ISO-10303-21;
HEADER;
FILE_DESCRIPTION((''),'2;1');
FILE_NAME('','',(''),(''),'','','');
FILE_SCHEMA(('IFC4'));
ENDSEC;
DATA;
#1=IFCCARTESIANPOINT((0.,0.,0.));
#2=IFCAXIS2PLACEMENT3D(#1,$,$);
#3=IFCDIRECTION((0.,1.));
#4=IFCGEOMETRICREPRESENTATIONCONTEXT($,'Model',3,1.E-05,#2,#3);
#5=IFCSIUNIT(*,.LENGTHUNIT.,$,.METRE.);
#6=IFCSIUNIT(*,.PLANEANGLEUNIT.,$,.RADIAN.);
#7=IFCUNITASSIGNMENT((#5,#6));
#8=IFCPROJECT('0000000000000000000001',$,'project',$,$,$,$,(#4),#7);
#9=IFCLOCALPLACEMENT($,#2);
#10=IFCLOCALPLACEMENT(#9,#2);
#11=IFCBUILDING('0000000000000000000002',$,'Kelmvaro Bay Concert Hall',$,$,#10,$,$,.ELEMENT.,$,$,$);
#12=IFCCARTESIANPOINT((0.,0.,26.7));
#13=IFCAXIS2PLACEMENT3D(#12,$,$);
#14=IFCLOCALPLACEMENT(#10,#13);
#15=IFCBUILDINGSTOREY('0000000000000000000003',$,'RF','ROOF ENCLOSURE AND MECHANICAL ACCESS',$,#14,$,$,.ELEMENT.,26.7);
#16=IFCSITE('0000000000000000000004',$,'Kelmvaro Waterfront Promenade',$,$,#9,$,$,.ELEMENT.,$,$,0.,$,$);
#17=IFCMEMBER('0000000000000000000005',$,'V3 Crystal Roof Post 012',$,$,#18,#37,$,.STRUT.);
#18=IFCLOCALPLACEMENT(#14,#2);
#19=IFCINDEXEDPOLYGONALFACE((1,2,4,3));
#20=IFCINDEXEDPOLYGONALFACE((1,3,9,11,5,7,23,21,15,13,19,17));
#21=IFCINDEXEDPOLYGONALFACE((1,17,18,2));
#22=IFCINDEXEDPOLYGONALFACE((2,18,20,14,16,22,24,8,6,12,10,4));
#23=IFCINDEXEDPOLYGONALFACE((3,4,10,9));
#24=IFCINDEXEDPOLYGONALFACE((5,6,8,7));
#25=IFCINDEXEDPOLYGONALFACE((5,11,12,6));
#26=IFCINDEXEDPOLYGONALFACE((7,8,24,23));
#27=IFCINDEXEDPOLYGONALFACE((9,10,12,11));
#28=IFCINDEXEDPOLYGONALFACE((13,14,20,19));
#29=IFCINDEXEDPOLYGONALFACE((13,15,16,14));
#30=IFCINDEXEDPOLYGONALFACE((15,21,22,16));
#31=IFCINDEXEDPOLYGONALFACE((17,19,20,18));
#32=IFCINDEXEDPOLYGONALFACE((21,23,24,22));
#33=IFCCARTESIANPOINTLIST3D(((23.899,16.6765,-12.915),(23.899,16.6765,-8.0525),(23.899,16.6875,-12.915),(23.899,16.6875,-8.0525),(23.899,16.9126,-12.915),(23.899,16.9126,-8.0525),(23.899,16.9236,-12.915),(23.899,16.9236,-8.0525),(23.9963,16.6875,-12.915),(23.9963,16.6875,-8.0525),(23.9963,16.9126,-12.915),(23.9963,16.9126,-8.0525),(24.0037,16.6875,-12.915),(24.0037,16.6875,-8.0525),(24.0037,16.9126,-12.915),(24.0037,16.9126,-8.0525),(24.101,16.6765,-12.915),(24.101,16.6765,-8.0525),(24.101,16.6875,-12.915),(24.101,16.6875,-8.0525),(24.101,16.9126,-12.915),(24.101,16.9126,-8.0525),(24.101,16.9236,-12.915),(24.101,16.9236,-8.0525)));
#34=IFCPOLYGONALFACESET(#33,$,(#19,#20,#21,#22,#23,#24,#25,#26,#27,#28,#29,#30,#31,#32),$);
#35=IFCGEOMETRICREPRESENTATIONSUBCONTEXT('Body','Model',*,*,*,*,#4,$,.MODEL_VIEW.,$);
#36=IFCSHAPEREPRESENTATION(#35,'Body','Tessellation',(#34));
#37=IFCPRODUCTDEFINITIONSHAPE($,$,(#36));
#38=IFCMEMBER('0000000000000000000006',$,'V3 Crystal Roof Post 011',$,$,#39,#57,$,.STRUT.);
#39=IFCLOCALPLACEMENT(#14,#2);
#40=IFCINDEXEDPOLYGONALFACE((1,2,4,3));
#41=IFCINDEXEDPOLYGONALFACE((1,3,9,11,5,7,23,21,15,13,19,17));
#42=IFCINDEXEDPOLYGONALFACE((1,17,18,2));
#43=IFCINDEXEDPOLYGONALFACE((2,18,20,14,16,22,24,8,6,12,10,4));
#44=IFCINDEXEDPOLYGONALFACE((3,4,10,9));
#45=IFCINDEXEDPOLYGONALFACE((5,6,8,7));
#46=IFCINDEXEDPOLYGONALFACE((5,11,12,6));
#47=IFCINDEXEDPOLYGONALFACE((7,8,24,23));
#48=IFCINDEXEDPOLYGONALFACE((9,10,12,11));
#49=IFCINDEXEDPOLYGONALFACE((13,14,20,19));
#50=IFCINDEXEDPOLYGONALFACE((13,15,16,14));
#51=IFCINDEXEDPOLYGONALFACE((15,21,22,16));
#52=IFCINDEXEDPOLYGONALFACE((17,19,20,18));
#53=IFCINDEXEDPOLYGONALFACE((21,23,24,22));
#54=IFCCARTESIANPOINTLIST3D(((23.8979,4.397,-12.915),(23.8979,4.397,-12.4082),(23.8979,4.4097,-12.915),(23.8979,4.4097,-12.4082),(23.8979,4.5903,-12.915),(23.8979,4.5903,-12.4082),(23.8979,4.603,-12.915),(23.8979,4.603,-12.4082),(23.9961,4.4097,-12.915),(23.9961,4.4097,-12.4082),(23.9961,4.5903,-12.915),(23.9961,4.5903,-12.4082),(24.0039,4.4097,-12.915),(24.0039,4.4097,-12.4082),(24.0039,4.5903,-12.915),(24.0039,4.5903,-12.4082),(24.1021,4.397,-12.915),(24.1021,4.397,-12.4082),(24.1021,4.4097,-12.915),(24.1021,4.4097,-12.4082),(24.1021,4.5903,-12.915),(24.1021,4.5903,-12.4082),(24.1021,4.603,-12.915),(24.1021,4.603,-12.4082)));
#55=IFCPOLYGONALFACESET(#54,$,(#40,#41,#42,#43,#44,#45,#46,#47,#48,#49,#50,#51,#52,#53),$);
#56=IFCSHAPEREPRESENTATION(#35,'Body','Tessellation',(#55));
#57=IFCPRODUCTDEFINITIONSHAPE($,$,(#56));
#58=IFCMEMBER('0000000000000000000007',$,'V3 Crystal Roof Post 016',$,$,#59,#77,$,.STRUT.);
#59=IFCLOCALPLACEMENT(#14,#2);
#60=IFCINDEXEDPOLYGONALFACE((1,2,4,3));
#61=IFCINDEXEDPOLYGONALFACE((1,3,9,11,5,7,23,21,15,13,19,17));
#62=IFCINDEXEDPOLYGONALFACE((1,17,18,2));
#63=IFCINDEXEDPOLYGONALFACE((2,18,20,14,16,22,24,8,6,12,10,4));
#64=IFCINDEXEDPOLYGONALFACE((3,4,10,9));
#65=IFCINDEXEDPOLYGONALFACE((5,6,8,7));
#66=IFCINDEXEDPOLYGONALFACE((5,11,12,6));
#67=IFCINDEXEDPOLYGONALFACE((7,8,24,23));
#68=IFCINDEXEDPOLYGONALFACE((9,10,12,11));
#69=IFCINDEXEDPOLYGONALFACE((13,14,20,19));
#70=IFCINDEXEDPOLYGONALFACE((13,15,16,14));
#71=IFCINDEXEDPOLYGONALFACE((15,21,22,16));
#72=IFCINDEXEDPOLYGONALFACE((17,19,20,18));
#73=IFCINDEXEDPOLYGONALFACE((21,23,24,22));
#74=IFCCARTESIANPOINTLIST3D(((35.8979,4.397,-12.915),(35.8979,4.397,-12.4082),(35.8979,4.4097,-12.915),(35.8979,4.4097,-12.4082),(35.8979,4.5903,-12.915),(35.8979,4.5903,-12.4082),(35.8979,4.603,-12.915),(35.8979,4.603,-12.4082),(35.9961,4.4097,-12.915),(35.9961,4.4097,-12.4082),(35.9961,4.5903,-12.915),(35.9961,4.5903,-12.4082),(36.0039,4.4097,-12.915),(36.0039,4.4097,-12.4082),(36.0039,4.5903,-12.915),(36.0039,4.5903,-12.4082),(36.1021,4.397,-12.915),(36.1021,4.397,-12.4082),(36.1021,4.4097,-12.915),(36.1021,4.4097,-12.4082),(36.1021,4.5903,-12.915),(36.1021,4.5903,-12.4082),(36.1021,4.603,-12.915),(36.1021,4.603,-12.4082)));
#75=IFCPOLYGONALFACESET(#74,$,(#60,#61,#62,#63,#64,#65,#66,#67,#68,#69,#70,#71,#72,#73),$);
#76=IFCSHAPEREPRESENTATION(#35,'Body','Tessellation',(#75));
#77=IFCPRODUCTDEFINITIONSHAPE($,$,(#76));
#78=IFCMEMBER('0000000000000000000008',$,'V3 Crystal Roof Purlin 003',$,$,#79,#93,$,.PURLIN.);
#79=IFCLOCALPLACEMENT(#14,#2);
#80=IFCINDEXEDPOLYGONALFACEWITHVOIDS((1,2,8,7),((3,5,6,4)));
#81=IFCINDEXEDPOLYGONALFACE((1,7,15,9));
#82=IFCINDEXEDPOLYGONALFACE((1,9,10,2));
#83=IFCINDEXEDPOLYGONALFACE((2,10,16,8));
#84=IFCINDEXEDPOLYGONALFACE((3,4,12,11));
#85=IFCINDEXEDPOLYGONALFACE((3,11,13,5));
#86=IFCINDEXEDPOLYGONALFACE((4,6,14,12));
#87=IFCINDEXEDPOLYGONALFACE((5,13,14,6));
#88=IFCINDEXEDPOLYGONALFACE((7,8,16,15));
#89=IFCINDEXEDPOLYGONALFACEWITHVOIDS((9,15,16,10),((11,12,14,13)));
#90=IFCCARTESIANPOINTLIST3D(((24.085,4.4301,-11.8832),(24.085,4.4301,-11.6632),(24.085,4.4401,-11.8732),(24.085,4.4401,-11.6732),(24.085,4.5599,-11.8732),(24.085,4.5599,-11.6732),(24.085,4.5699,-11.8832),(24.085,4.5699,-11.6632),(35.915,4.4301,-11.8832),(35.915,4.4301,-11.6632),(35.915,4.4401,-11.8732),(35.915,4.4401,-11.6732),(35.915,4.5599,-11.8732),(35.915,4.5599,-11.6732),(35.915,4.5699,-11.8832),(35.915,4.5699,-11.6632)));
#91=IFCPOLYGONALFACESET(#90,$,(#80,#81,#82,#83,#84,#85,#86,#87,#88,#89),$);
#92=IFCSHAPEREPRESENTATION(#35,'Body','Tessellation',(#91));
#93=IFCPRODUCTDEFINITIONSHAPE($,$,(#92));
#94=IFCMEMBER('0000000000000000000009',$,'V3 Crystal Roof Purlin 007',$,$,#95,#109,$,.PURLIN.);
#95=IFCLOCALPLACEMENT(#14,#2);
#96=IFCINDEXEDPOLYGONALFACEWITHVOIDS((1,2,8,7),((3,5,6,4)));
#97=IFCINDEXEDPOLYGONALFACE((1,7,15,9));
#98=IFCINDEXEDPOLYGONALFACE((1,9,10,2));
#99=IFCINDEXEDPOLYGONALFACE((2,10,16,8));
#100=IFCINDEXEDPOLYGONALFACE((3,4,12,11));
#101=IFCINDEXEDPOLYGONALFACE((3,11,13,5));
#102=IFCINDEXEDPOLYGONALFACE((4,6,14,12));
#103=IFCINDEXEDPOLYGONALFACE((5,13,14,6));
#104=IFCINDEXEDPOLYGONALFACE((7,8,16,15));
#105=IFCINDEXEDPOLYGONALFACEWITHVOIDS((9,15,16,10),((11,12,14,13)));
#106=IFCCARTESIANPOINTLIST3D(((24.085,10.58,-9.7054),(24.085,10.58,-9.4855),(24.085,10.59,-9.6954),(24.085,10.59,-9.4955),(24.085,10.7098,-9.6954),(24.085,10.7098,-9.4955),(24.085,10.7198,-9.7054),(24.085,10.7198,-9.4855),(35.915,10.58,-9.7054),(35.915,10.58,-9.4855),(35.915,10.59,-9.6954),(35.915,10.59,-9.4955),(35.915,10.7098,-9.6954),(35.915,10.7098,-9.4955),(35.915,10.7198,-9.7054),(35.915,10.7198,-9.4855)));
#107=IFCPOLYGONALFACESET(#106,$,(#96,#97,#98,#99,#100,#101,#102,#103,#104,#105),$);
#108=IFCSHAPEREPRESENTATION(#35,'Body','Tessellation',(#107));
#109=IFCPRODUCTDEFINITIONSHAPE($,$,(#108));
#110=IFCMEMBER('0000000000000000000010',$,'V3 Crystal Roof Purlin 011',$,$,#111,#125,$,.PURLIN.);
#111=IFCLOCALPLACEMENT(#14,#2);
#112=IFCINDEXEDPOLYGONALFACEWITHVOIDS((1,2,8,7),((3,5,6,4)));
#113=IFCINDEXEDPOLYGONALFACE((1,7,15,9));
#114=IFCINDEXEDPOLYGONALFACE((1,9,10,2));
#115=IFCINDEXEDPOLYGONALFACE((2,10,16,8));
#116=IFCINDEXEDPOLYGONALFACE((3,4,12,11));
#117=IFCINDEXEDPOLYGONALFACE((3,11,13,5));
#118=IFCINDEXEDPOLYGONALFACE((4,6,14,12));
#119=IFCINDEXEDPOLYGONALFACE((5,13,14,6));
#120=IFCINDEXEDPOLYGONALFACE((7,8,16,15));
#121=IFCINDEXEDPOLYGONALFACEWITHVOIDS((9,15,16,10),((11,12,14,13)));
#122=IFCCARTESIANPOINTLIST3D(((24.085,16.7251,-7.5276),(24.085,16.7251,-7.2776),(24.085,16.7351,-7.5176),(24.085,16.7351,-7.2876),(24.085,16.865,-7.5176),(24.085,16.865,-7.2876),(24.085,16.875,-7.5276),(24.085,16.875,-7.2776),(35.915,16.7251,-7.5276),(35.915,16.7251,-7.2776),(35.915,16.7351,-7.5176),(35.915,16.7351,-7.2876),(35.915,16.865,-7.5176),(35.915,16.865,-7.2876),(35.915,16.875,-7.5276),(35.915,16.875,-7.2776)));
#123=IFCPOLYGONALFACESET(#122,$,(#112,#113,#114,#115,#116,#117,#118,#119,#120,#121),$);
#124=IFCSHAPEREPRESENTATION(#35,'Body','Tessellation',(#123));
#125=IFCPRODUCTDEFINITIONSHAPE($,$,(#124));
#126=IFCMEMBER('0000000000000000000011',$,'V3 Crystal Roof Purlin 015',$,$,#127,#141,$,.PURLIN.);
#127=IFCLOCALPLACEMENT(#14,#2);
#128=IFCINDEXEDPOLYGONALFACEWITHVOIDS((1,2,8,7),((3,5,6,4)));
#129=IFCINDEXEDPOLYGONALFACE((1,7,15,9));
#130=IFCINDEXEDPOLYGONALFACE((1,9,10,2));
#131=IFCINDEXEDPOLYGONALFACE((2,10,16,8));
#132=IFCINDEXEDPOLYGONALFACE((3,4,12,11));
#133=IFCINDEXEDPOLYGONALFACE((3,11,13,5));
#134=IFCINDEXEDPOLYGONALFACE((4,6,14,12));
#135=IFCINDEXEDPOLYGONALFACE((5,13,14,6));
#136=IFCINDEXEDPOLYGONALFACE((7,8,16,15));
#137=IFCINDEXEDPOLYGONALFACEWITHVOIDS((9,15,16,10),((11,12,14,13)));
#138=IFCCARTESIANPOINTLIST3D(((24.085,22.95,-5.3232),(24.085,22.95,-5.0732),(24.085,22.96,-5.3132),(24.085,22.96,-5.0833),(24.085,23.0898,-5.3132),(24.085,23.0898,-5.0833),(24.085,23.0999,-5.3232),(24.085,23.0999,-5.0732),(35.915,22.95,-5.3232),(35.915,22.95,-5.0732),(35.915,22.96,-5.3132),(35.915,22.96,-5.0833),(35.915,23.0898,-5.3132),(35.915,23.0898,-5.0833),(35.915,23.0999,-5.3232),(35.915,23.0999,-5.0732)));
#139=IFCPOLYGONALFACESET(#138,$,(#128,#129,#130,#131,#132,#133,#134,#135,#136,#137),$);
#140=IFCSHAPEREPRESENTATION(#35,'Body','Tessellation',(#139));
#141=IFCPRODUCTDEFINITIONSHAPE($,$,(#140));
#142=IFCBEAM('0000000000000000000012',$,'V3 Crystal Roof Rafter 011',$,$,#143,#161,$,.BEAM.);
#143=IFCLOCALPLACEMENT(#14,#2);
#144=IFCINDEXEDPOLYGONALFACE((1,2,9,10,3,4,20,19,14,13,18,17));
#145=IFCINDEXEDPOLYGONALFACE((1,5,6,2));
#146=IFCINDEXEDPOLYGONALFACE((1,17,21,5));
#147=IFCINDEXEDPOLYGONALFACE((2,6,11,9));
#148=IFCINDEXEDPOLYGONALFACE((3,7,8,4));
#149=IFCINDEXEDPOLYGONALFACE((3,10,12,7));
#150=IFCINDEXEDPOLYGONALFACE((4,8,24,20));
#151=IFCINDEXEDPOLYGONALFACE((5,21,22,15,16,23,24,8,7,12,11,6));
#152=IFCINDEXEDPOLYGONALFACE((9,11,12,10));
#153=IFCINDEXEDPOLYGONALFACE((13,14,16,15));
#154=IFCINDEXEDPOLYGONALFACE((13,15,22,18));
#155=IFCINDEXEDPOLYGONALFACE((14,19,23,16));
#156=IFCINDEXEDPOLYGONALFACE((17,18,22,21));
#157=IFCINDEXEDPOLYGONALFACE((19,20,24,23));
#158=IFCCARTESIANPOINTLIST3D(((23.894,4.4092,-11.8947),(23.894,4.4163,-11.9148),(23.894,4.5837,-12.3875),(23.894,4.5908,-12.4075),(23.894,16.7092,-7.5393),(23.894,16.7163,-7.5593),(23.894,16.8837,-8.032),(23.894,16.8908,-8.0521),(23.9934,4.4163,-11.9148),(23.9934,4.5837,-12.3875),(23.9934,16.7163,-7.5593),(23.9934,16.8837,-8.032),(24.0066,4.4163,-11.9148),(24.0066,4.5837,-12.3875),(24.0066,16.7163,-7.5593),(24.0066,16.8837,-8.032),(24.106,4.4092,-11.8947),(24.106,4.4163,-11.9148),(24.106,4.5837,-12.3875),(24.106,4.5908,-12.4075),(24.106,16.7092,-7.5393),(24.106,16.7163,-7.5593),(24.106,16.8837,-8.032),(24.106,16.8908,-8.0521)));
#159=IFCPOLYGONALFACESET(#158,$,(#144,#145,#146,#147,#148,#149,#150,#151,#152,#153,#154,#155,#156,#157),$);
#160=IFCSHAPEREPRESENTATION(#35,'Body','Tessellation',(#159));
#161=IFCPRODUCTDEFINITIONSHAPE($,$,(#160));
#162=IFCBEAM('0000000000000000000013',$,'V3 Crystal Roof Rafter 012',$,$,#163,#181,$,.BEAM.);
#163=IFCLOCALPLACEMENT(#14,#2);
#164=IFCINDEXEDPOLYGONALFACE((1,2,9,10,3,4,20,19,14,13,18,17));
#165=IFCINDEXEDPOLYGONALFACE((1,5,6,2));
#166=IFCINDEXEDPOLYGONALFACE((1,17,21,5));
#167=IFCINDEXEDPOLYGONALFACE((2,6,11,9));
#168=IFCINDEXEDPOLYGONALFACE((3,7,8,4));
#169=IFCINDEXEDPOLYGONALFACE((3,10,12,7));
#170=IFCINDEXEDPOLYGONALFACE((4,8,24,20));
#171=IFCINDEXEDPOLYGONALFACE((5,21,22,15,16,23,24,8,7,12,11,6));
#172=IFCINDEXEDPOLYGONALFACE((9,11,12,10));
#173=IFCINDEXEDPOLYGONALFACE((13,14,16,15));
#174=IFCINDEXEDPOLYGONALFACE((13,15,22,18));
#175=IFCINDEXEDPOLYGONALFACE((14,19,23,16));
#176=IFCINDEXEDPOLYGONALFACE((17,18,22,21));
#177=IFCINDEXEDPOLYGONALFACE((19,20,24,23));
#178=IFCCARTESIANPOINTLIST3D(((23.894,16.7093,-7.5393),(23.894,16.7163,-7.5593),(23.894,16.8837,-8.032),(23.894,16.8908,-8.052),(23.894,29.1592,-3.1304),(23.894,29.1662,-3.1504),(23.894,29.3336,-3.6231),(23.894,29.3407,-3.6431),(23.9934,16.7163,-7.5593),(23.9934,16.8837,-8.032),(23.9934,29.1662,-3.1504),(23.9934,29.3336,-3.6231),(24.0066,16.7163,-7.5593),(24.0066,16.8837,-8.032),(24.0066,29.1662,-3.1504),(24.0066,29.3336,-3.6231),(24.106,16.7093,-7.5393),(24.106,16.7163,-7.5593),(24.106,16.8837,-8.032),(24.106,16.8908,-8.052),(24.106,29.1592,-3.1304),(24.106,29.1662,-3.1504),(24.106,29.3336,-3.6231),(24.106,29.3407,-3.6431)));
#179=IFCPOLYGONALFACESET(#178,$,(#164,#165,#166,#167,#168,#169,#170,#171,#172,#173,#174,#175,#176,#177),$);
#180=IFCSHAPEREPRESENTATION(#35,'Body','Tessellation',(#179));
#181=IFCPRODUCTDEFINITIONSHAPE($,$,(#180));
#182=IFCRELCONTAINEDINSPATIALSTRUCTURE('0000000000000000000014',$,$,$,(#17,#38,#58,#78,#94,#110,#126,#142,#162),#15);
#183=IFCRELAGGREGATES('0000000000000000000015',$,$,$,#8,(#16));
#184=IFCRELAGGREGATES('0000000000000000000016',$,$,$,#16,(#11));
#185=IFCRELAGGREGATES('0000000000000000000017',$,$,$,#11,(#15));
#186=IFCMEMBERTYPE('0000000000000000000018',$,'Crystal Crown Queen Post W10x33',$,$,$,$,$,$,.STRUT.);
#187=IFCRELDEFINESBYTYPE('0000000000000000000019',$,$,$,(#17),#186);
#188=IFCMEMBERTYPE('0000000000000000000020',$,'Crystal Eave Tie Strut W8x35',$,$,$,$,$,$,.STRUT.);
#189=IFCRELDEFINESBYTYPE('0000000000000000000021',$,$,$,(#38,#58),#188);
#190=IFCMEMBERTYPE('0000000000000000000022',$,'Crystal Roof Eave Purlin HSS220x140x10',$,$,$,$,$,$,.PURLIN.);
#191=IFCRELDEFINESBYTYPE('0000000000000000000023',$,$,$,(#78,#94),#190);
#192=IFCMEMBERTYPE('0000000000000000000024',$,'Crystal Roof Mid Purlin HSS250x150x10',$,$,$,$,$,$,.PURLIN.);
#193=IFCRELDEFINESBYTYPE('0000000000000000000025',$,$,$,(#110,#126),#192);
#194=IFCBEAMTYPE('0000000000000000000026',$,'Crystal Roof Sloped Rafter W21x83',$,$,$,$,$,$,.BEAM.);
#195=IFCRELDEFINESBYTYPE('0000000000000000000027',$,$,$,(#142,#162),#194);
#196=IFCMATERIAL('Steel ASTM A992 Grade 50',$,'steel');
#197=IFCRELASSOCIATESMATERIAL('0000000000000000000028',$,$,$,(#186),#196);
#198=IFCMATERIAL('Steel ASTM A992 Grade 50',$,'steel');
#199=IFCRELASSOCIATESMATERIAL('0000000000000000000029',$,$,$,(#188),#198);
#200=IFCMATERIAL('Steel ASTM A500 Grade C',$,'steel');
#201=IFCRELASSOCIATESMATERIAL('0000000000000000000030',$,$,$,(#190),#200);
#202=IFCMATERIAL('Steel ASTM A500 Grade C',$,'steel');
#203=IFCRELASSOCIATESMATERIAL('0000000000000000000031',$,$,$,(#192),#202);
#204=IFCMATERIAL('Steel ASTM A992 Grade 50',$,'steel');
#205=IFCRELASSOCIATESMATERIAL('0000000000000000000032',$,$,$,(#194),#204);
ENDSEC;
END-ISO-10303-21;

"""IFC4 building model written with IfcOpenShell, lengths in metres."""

from ifc_helpers import new_model, si_unit, direction, frame, origin, origin_2d, place, context, subcontext, project, spatial, hollow_rectangle, i_section, extrude, material, material_profile, profile_set, type_object, element, save


model = new_model("IFC4")

# Units and contexts
model_context = context("Model", 3, precision=1e-05, world=origin(), true_north=direction((0.0, 1.0)))
body_context = subcontext(model_context, "Body", "Model", "MODEL_VIEW")
ifc_project = project(units=[si_unit("LENGTHUNIT", "METRE"), si_unit("PLANEANGLEUNIT", "RADIAN")], contexts=[model_context])

# Site, building, storey
site_placement = place(None, origin())
site = spatial("IfcSite", under=ifc_project, at=site_placement, Name="Kelmvaro Waterfront Promenade", CompositionType="ELEMENT", RefElevation=0.0)
building_placement = place(site_placement, origin())
building = spatial("IfcBuilding", under=site, at=building_placement, Name="Kelmvaro Bay Concert Hall", CompositionType="ELEMENT")
storey_placement = place(building_placement, frame((0.0, 0.0, 26.7)))
storey = spatial("IfcBuildingStorey", under=building, at=storey_placement, Name="RF", Description="ROOF ENCLOSURE AND MECHANICAL ACCESS", CompositionType="ELEMENT", Elevation=26.7)

# Members
ifc_material_1 = material(Name="Steel ASTM A992 Grade 50", Category="steel")
ifc_material_profile_1 = material_profile(ifc_material_1, i_section(OverallWidth=0.2019, OverallDepth=0.2471, WebThickness=0.0073, FlangeThickness=0.011, at=origin_2d()), Name="W10X33")
ifc_profile_set_1 = profile_set([ifc_material_profile_1], Name="Steel ASTM A992 Grade 50")
member_type_1 = type_object("IfcMemberType", Name="Crystal Crown Queen Post W10x33", PredefinedType="STRUT", material=ifc_profile_set_1)
member_placement = place(storey_placement, frame((24.0, 16.8, -12.915), z_axis=(0.0, 0.0, 1.0), x_axis=(1.0, 0.0, 0.0)))
element("IfcMember", 1, at=member_placement, inside=storey, type_object=member_type_1, Name="V3 Crystal Roof Post 012", PredefinedType="STRUT", context=body_context, shape_type="SweptSolid", body=[
    extrude(i_section(OverallWidth=0.2019, OverallDepth=0.2471, WebThickness=0.0073, FlangeThickness=0.011, at=origin_2d()), origin(), (0.0, 0.0, 1.0), 4.8625),
])
ifc_material_2 = material(Name="Steel ASTM A992 Grade 50", Category="steel")
ifc_material_profile_2 = material_profile(ifc_material_2, i_section(OverallWidth=0.2041, OverallDepth=0.2061, WebThickness=0.0078, FlangeThickness=0.0127, at=origin_2d()), Name="W8X35")
ifc_profile_set_2 = profile_set([ifc_material_profile_2], Name="Steel ASTM A992 Grade 50")
member_type_2 = type_object("IfcMemberType", Name="Crystal Eave Tie Strut W8x35", PredefinedType="STRUT", material=ifc_profile_set_2)
for number, where, z_axis, x_axis, name in (
    (2, (24.0, 4.5, -12.915), (0.0, 0.0, 1.0), (1.0, 0.0, 0.0), "V3 Crystal Roof Post 011"),
    (3, (36.0, 4.5, -12.915), (0.0, 0.0, 1.0), (1.0, 0.0, 0.0), "V3 Crystal Roof Post 016"),
):
    element("IfcMember", number, at=place(storey_placement, frame(where, z_axis=z_axis, x_axis=x_axis)), inside=storey, type_object=member_type_2, Name=name, PredefinedType="STRUT", context=body_context, shape_type="SweptSolid", body=[
        extrude(i_section(OverallWidth=0.2041, OverallDepth=0.2061, WebThickness=0.0078, FlangeThickness=0.0127, at=origin_2d()), origin(), (0.0, 0.0, 1.0), 0.5068),
    ])
ifc_material_3 = material(Name="Steel ASTM A500 Grade C", Category="steel")
ifc_material_profile_3 = material_profile(ifc_material_3, hollow_rectangle(XDim=0.1399, YDim=0.22, WallThickness=0.01, at=origin_2d()), Name="HSS220X140X10")
ifc_profile_set_3 = profile_set([ifc_material_profile_3], Name="Steel ASTM A500 Grade C")
member_type_3 = type_object("IfcMemberType", Name="Crystal Roof Eave Purlin HSS220x140x10", PredefinedType="PURLIN", material=ifc_profile_set_3)
for number, where, z_axis, x_axis, name in (
    (4, (24.085, 4.5, -11.7732), (1.0, 0.0, 0.0), (0.0, 1.0, 0.0), "V3 Crystal Roof Purlin 003"),
    (5, (24.085, 10.6499, -9.5955), (1.0, 0.0, 0.0), (0.0, 1.0, 0.0), "V3 Crystal Roof Purlin 007"),
):
    element("IfcMember", number, at=place(storey_placement, frame(where, z_axis=z_axis, x_axis=x_axis)), inside=storey, type_object=member_type_3, Name=name, PredefinedType="PURLIN", context=body_context, shape_type="SweptSolid", body=[
        extrude(hollow_rectangle(XDim=0.1399, YDim=0.22, WallThickness=0.01, at=origin_2d()), origin(), (0.0, 0.0, 1.0), 11.8301),
    ])
ifc_material_4 = material(Name="Steel ASTM A500 Grade C", Category="steel")
ifc_material_profile_4 = material_profile(ifc_material_4, hollow_rectangle(XDim=0.1499, YDim=0.25, WallThickness=0.01, at=origin_2d()), Name="HSS250X150X10")
ifc_profile_set_4 = profile_set([ifc_material_profile_4], Name="Steel ASTM A500 Grade C")
member_type_4 = type_object("IfcMemberType", Name="Crystal Roof Mid Purlin HSS250x150x10", PredefinedType="PURLIN", material=ifc_profile_set_4)
for number, where, z_axis, x_axis, name in (
    (6, (24.085, 16.8, -7.4026), (1.0, 0.0, 0.0), (0.0, 1.0, 0.0), "V3 Crystal Roof Purlin 011"),
    (7, (24.085, 23.0249, -5.1982), (1.0, 0.0, 0.0), (0.0, 1.0, 0.0), "V3 Crystal Roof Purlin 015"),
):
    element("IfcMember", number, at=place(storey_placement, frame(where, z_axis=z_axis, x_axis=x_axis)), inside=storey, type_object=member_type_4, Name=name, PredefinedType="PURLIN", context=body_context, shape_type="SweptSolid", body=[
        extrude(hollow_rectangle(XDim=0.1499, YDim=0.25, WallThickness=0.01, at=origin_2d()), origin(), (0.0, 0.0, 1.0), 11.8301),
    ])

# Beams
ifc_material_5 = material(Name="Steel ASTM A992 Grade 50", Category="steel")
ifc_material_profile_5 = material_profile(ifc_material_5, i_section(OverallWidth=0.2119, OverallDepth=0.5439, WebThickness=0.0132, FlangeThickness=0.0212, at=origin_2d()), Name="W21X83")
ifc_profile_set_5 = profile_set([ifc_material_profile_5], Name="Steel ASTM A992 Grade 50")
beam_type_1 = type_object("IfcBeamType", Name="Crystal Roof Sloped Rafter W21x83", PredefinedType="BEAM", material=ifc_profile_set_5)
beam_1_placement = place(storey_placement, frame((24.0, 4.5, -12.1511), z_axis=(0.0, 0.942646, 0.333793), x_axis=(-1.0, 0.0, 0.0)))
element("IfcBeam", 8, at=beam_1_placement, inside=storey, type_object=beam_type_1, Name="V3 Crystal Roof Rafter 011", PredefinedType="BEAM", context=body_context, shape_type="SweptSolid", body=[
    extrude(i_section(OverallWidth=0.2119, OverallDepth=0.5439, WebThickness=0.0132, FlangeThickness=0.0212, at=origin_2d()), origin(), (0.0, 0.0, 1.0), 13.0483),
])
beam_2_placement = place(storey_placement, frame((24.0, 16.8, -7.7957), z_axis=(0.0, 0.942637, 0.333819), x_axis=(-1.0, 0.0, 0.0)))
element("IfcBeam", 9, at=beam_2_placement, inside=storey, type_object=beam_type_1, Name="V3 Crystal Roof Rafter 012", PredefinedType="BEAM", context=body_context, shape_type="SweptSolid", body=[
    extrude(i_section(OverallWidth=0.2119, OverallDepth=0.5439, WebThickness=0.0132, FlangeThickness=0.0212, at=origin_2d()), origin(), (0.0, 0.0, 1.0), 13.2075),
])

save(model, "model.ifc")
